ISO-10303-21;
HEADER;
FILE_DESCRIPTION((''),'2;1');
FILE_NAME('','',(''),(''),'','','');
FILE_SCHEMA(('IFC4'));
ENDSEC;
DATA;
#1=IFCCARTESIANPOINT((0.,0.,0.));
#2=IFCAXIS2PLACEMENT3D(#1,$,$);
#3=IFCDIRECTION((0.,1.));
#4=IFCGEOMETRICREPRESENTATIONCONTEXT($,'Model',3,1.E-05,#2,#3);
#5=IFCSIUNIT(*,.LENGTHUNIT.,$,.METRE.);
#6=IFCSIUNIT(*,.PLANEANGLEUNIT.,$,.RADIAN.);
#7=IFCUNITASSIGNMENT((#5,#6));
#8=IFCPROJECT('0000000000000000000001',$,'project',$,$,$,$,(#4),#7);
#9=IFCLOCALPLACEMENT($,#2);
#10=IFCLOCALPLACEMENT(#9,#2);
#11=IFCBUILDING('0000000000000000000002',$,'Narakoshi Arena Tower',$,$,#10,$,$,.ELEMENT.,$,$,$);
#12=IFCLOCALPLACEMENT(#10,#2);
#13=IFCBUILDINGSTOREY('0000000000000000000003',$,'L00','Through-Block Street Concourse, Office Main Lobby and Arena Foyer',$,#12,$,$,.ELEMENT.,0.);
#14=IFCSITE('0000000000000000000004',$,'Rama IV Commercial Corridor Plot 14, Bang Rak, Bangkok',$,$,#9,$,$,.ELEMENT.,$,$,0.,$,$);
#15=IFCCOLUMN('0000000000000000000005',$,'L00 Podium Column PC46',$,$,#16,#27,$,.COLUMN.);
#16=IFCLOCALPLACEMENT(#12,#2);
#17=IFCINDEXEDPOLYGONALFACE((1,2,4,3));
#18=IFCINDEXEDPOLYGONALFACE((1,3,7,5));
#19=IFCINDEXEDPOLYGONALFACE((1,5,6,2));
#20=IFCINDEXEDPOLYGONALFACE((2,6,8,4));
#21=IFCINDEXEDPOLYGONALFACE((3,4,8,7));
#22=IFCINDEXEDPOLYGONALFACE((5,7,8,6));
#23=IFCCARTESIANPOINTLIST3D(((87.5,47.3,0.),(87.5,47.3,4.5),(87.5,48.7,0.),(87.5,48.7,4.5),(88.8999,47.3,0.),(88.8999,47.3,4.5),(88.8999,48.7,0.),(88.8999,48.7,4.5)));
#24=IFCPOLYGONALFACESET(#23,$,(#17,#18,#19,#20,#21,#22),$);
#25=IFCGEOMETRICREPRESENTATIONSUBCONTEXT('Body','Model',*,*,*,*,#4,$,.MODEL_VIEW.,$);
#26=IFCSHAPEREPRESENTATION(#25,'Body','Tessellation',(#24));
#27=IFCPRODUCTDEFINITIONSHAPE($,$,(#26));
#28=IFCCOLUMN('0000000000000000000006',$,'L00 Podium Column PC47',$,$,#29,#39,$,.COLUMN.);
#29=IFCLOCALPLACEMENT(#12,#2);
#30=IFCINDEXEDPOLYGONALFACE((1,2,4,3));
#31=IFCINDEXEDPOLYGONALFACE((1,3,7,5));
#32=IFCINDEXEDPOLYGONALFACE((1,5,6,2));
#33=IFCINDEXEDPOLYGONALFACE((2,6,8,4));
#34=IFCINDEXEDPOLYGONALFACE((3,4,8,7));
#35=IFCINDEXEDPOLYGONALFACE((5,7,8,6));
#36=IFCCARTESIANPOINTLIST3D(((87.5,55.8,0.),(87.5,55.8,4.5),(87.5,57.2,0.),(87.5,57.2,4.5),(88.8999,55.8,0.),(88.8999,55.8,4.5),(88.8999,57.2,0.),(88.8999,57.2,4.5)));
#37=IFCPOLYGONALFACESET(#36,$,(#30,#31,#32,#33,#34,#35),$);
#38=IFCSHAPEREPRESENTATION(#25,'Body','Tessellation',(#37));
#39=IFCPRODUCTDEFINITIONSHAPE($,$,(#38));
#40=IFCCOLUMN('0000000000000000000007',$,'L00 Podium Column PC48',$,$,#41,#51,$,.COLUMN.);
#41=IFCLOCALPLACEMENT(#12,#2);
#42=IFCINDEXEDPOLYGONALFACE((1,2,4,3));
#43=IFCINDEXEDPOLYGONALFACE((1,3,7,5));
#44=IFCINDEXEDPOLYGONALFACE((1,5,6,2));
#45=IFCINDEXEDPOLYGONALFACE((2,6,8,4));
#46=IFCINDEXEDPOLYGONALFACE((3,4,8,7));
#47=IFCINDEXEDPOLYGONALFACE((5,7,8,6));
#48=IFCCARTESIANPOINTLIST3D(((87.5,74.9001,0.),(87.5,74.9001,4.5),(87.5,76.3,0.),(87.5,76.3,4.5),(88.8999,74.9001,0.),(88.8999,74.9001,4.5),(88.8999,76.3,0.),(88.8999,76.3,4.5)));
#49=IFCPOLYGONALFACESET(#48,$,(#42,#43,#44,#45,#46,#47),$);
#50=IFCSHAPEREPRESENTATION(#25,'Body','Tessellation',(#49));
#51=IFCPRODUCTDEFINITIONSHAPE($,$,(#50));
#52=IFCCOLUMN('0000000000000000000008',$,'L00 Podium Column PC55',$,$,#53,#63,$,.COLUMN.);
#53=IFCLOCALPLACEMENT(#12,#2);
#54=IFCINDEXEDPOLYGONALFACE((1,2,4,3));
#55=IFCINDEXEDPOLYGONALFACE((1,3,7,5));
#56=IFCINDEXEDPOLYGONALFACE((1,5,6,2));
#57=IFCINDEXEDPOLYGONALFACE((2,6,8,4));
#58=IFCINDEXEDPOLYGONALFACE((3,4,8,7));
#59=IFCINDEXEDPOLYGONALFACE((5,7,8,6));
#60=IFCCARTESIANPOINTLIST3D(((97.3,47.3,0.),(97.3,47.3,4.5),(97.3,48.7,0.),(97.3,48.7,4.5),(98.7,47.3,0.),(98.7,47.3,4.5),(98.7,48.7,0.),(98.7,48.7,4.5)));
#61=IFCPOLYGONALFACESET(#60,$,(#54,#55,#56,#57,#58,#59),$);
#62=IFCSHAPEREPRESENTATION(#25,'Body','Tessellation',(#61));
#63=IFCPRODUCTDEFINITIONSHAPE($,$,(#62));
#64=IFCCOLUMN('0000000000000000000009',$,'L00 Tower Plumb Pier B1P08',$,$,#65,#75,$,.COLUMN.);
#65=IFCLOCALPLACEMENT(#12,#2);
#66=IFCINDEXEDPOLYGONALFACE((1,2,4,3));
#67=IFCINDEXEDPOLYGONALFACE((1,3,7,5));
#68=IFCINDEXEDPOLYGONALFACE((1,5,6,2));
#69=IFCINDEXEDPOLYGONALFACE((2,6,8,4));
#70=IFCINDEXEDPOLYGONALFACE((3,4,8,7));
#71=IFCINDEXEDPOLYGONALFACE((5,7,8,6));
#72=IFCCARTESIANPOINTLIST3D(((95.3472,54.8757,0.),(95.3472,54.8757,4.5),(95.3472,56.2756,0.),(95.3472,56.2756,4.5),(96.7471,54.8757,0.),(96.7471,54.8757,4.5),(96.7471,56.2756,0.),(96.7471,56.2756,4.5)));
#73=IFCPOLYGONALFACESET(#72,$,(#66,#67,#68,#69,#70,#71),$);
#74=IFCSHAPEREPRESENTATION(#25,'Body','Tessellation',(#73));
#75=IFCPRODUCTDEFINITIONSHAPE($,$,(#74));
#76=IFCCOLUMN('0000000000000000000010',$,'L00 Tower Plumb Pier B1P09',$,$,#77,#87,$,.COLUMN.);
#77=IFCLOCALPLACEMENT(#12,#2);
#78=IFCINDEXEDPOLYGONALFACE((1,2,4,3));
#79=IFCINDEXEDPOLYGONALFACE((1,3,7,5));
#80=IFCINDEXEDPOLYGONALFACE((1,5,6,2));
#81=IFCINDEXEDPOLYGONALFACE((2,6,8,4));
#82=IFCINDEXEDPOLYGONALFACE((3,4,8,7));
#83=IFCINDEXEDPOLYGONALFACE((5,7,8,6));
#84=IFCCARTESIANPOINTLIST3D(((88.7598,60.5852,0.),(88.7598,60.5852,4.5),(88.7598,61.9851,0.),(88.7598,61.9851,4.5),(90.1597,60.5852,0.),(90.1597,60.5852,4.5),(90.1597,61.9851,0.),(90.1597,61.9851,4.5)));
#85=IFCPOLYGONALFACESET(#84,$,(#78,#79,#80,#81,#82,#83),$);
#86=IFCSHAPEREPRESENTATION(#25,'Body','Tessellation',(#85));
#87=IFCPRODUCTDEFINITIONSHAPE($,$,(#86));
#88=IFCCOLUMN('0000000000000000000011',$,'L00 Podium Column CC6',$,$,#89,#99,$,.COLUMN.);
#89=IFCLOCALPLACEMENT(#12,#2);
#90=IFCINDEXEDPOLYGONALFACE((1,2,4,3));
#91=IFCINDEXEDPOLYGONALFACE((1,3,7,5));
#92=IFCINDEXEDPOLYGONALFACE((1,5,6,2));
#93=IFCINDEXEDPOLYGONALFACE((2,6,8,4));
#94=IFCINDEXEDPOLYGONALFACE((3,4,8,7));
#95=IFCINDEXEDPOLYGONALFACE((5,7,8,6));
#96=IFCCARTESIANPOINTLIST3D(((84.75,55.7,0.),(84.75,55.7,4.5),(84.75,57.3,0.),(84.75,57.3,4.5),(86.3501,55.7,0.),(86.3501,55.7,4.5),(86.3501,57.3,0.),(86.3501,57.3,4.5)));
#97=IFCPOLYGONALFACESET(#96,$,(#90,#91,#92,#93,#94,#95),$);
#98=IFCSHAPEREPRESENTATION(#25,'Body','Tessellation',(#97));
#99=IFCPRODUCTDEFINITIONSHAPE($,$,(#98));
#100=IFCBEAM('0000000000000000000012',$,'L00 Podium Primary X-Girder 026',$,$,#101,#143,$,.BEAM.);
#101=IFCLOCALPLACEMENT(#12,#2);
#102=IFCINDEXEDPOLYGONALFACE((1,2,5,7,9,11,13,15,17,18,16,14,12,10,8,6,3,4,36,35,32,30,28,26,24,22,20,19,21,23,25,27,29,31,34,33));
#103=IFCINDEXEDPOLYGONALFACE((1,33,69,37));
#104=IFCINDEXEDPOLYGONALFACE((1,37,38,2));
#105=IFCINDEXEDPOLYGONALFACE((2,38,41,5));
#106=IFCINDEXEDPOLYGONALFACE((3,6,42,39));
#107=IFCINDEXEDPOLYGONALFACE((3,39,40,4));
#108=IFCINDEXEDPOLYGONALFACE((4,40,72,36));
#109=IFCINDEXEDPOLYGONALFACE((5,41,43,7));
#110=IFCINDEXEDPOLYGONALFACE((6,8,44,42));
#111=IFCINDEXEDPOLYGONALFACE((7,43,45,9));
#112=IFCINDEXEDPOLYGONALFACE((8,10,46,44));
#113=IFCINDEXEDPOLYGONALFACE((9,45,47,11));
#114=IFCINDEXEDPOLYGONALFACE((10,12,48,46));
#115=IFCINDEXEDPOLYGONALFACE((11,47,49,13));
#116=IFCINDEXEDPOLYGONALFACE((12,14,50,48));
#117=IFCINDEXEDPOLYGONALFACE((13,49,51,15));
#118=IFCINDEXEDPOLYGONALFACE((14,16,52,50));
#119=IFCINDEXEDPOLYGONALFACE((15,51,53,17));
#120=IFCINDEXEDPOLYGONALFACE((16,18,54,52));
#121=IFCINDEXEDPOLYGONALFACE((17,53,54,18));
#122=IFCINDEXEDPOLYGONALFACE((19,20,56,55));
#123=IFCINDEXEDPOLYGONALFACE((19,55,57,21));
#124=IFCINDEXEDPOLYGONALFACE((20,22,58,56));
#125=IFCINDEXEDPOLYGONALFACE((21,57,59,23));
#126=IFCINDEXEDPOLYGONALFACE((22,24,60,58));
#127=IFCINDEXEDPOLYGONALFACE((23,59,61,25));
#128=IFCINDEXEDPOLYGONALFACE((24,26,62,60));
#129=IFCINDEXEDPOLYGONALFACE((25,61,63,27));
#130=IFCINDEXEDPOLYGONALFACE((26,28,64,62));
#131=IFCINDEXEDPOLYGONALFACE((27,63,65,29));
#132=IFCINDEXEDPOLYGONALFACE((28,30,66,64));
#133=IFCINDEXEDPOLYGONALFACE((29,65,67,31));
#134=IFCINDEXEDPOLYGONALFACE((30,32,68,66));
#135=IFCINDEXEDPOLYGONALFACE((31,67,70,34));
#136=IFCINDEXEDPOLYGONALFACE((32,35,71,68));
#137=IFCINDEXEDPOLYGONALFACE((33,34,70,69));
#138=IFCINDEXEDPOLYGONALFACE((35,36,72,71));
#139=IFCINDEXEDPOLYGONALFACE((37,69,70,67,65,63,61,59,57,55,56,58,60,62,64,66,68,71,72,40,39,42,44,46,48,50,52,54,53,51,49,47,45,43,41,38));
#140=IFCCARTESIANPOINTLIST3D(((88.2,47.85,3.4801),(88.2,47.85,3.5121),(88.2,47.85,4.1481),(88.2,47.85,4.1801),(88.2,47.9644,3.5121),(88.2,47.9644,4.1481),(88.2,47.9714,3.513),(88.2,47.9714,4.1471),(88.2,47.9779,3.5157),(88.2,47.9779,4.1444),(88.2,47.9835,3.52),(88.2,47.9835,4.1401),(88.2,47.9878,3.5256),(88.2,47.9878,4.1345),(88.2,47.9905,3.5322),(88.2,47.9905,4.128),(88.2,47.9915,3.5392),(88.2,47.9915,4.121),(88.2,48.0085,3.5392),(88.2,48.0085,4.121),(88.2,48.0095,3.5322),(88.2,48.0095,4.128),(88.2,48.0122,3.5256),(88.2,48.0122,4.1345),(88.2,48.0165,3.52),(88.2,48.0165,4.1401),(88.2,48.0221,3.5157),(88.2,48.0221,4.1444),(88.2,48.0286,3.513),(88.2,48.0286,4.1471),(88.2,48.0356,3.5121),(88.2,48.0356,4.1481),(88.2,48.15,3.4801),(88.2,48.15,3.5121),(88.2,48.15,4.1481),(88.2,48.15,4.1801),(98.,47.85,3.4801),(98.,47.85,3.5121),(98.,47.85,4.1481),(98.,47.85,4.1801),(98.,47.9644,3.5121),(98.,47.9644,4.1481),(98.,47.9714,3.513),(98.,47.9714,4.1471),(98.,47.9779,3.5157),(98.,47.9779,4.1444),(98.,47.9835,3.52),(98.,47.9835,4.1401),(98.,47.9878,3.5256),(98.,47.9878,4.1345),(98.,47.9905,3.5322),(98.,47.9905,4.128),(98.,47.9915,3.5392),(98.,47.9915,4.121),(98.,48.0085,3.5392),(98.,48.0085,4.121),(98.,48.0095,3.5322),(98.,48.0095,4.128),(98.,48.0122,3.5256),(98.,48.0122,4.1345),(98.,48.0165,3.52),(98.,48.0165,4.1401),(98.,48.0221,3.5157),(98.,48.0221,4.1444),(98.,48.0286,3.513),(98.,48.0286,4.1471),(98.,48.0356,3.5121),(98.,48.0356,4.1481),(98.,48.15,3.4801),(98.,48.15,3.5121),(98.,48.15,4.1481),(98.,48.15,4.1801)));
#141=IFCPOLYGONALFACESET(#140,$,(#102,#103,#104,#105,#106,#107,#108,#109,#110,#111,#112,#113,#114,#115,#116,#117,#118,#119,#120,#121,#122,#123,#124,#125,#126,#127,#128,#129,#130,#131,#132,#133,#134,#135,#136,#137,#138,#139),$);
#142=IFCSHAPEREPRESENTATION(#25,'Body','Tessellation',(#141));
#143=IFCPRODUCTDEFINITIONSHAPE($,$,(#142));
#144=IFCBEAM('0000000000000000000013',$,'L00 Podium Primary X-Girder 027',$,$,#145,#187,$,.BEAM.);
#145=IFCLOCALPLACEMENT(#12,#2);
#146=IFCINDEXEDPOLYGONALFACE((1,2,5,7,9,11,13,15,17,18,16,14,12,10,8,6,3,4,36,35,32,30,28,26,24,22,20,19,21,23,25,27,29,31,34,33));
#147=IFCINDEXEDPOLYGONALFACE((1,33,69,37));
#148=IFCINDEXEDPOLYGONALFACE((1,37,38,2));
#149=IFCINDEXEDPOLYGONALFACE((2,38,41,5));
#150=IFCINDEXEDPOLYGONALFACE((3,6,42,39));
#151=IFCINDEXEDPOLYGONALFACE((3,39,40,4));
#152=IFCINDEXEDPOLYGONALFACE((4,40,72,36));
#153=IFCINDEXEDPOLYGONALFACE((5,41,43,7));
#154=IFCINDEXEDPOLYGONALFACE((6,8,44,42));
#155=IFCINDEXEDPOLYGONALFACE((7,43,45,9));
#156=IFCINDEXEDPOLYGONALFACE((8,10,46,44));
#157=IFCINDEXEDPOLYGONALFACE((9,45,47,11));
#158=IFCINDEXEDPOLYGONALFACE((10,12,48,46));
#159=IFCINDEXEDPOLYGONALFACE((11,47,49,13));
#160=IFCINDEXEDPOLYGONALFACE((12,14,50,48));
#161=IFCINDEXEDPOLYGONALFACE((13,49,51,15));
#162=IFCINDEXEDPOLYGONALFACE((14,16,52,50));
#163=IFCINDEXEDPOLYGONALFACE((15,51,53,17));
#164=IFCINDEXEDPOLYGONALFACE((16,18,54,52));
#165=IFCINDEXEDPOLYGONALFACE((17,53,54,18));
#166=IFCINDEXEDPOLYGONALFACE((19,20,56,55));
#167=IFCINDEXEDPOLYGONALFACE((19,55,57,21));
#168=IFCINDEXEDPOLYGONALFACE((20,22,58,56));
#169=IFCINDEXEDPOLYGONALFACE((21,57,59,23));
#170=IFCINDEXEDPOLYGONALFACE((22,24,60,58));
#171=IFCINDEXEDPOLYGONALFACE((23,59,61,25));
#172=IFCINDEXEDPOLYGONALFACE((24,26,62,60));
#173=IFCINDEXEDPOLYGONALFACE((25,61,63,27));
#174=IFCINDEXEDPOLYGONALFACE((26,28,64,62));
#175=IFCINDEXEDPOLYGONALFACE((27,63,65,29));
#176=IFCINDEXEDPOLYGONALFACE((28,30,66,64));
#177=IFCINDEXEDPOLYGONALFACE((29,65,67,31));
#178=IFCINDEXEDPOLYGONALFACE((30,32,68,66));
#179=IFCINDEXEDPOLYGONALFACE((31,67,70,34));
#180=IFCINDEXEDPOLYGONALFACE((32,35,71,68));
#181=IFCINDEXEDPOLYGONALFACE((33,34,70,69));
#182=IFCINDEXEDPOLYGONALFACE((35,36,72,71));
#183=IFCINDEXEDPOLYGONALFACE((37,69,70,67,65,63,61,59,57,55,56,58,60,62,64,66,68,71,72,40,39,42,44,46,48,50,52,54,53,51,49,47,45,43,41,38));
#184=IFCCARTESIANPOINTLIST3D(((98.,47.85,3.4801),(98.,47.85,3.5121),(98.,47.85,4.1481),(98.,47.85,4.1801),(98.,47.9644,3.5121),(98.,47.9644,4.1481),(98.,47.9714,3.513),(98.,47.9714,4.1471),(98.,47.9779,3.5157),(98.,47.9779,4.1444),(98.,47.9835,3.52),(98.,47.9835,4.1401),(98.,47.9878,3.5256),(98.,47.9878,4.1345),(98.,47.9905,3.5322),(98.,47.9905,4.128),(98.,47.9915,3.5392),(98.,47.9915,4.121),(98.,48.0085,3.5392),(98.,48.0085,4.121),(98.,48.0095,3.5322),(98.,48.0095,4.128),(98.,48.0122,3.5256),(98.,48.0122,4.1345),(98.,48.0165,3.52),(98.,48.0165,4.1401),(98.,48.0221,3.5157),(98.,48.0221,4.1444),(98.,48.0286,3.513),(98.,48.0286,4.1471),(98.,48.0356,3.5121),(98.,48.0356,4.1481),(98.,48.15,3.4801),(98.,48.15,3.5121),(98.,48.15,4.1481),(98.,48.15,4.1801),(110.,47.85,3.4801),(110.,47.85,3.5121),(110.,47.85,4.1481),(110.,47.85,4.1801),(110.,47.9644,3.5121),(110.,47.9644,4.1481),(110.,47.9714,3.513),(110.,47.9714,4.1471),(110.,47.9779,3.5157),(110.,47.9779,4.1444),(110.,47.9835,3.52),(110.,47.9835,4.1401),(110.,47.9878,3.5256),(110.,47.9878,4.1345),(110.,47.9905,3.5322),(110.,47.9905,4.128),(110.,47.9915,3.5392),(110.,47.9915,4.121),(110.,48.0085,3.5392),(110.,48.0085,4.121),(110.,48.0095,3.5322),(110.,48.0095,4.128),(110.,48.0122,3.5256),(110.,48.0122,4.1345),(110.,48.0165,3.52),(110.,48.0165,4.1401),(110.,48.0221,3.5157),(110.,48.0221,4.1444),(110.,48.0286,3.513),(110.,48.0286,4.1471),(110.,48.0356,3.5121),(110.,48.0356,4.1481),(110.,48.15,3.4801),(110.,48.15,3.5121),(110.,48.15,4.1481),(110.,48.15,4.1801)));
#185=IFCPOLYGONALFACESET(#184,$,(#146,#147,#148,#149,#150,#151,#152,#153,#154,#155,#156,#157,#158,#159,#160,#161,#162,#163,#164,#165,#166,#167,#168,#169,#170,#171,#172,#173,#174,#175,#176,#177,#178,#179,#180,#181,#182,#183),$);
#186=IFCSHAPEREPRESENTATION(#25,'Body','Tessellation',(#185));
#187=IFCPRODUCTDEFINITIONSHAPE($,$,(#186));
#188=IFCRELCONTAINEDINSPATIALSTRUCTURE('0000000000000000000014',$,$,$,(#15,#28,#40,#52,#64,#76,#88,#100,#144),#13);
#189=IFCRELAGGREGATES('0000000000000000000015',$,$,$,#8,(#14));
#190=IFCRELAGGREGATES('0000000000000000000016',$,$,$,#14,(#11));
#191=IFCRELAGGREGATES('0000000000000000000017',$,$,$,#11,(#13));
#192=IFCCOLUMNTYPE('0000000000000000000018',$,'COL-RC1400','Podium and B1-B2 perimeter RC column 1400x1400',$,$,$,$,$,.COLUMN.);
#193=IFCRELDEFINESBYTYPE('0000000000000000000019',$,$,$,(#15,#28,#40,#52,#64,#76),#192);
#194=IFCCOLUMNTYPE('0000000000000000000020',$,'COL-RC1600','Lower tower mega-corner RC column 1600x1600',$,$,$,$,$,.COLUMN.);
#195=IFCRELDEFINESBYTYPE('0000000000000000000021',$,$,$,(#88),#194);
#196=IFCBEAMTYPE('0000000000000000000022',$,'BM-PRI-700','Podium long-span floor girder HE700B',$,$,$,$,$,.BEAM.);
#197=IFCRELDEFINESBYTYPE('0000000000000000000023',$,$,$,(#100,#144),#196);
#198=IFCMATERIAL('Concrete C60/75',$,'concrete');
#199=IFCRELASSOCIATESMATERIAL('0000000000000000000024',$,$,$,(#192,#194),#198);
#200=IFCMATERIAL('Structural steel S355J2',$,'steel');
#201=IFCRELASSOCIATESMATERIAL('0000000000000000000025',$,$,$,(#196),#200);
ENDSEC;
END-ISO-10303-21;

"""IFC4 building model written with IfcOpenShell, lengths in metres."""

from ifc_helpers import new_model, si_unit, direction, frame, origin, origin_2d, place, context, subcontext, project, spatial, rectangle, i_section, extrude, material, material_profile, profile_set, type_object, element, save


model = new_model("IFC4")

# Units and contexts
model_context = context("Model", 3, precision=1e-05, world=origin(), true_north=direction((0.0, 1.0)))
body_context = subcontext(model_context, "Body", "Model", "MODEL_VIEW")
ifc_project = project(units=[si_unit("LENGTHUNIT", "METRE"), si_unit("PLANEANGLEUNIT", "RADIAN")], contexts=[model_context])

# Site, building, storey
site_placement = place(None, origin())
site = spatial("IfcSite", under=ifc_project, at=site_placement, Name="Rama IV Commercial Corridor Plot 14, Bang Rak, Bangkok", CompositionType="ELEMENT", RefElevation=0.0)
building_placement = place(site_placement, origin())
building = spatial("IfcBuilding", under=site, at=building_placement, Name="Narakoshi Arena Tower", CompositionType="ELEMENT")
storey_placement = place(building_placement, origin())
storey = spatial("IfcBuildingStorey", under=building, at=storey_placement, Name="L00", Description="Through-Block Street Concourse, Office Main Lobby and Arena Foyer", CompositionType="ELEMENT", Elevation=0.0)

# Columns
ifc_material_1 = material(Name="Concrete C60/75", Category="concrete")
ifc_material_profile_1 = material_profile(ifc_material_1, rectangle(XDim=1.3999, YDim=1.3999, at=origin_2d()), Name="RC1400x1400")
ifc_profile_set_1 = profile_set([ifc_material_profile_1], Name="Concrete C60/75")
column_type_1 = type_object("IfcColumnType", Name="COL-RC1400", Description="Podium and B1-B2 perimeter RC column 1400x1400", PredefinedType="COLUMN", material=ifc_profile_set_1)
for number, where, z_axis, x_axis, name in (
    (1, (88.2, 48.0, 0.0), (0.0, 0.0, 1.0), (1.0, 0.0, 0.0), "L00 Podium Column PC46"),
    (2, (88.2, 56.5, 0.0), (0.0, 0.0, 1.0), (1.0, 0.0, 0.0), "L00 Podium Column PC47"),
    (3, (88.2, 75.6001, 0.0), (0.0, 0.0, 1.0), (1.0, 0.0, 0.0), "L00 Podium Column PC48"),
    (4, (98.0, 48.0, 0.0), (0.0, 0.0, 1.0), (1.0, 0.0, 0.0), "L00 Podium Column PC55"),
    (5, (96.0471, 55.5757, 0.0), (0.0, 0.0, 1.0), (1.0, 0.0, 0.0), "L00 Tower Plumb Pier B1P08"),
    (6, (89.4597, 61.2852, 0.0), (0.0, 0.0, 1.0), (1.0, 0.0, 0.0), "L00 Tower Plumb Pier B1P09"),
):
    element("IfcColumn", number, at=place(storey_placement, frame(where, z_axis=z_axis, x_axis=x_axis)), inside=storey, type_object=column_type_1, Name=name, PredefinedType="COLUMN", context=body_context, shape_type="SweptSolid", body=[
        extrude(rectangle(XDim=1.3999, YDim=1.3999, at=origin_2d()), origin(), (0.0, 0.0, 1.0), 4.5),
    ])
ifc_material_profile_2 = material_profile(ifc_material_1, rectangle(XDim=1.6001, YDim=1.6001, at=origin_2d()), Name="RC1600x1600")
ifc_profile_set_2 = profile_set([ifc_material_profile_2], Name="Concrete C60/75")
column_type_2 = type_object("IfcColumnType", Name="COL-RC1600", Description="Lower tower mega-corner RC column 1600x1600", PredefinedType="COLUMN", material=ifc_profile_set_2)
column_placement = place(storey_placement, frame((85.55, 56.5, 0.0), z_axis=(0.0, 0.0, 1.0), x_axis=(1.0, 0.0, 0.0)))
element("IfcColumn", 7, at=column_placement, inside=storey, type_object=column_type_2, Name="L00 Podium Column CC6", PredefinedType="COLUMN", context=body_context, shape_type="SweptSolid", body=[
    extrude(rectangle(XDim=1.6001, YDim=1.6001, at=origin_2d()), origin(), (0.0, 0.0, 1.0), 4.5),
])

# Beams
ifc_material_2 = material(Name="Structural steel S355J2", Category="steel")
ifc_material_profile_3 = material_profile(ifc_material_2, i_section(OverallWidth=0.3, OverallDepth=0.7, WebThickness=0.0171, FlangeThickness=0.032, FilletRadius=0.0271, at=origin_2d()), Name="HE700B")
ifc_profile_set_3 = profile_set([ifc_material_profile_3], Name="Structural steel S355J2")
beam_type_1 = type_object("IfcBeamType", Name="BM-PRI-700", Description="Podium long-span floor girder HE700B", PredefinedType="BEAM", material=ifc_profile_set_3)
beam_1_placement = place(storey_placement, frame((88.2, 48.0, 3.8301), z_axis=(1.0, 0.0, 0.0), x_axis=(0.0, 1.0, 0.0)))
element("IfcBeam", 8, at=beam_1_placement, inside=storey, type_object=beam_type_1, Name="L00 Podium Primary X-Girder 026", PredefinedType="BEAM", context=body_context, shape_type="SweptSolid", body=[
    extrude(i_section(OverallWidth=0.3, OverallDepth=0.7, WebThickness=0.0171, FlangeThickness=0.032, FilletRadius=0.0271, at=origin_2d()), origin(), (0.0, 0.0, 1.0), 9.8),
])
beam_2_placement = place(storey_placement, frame((98.0, 48.0, 3.8301), z_axis=(1.0, 0.0, 0.0), x_axis=(0.0, 1.0, 0.0)))
element("IfcBeam", 9, at=beam_2_placement, inside=storey, type_object=beam_type_1, Name="L00 Podium Primary X-Girder 027", PredefinedType="BEAM", context=body_context, shape_type="SweptSolid", body=[
    extrude(i_section(OverallWidth=0.3, OverallDepth=0.7, WebThickness=0.0171, FlangeThickness=0.032, FilletRadius=0.0271, at=origin_2d()), origin(), (0.0, 0.0, 1.0), 12.0),
])

save(model, "model.ifc")
